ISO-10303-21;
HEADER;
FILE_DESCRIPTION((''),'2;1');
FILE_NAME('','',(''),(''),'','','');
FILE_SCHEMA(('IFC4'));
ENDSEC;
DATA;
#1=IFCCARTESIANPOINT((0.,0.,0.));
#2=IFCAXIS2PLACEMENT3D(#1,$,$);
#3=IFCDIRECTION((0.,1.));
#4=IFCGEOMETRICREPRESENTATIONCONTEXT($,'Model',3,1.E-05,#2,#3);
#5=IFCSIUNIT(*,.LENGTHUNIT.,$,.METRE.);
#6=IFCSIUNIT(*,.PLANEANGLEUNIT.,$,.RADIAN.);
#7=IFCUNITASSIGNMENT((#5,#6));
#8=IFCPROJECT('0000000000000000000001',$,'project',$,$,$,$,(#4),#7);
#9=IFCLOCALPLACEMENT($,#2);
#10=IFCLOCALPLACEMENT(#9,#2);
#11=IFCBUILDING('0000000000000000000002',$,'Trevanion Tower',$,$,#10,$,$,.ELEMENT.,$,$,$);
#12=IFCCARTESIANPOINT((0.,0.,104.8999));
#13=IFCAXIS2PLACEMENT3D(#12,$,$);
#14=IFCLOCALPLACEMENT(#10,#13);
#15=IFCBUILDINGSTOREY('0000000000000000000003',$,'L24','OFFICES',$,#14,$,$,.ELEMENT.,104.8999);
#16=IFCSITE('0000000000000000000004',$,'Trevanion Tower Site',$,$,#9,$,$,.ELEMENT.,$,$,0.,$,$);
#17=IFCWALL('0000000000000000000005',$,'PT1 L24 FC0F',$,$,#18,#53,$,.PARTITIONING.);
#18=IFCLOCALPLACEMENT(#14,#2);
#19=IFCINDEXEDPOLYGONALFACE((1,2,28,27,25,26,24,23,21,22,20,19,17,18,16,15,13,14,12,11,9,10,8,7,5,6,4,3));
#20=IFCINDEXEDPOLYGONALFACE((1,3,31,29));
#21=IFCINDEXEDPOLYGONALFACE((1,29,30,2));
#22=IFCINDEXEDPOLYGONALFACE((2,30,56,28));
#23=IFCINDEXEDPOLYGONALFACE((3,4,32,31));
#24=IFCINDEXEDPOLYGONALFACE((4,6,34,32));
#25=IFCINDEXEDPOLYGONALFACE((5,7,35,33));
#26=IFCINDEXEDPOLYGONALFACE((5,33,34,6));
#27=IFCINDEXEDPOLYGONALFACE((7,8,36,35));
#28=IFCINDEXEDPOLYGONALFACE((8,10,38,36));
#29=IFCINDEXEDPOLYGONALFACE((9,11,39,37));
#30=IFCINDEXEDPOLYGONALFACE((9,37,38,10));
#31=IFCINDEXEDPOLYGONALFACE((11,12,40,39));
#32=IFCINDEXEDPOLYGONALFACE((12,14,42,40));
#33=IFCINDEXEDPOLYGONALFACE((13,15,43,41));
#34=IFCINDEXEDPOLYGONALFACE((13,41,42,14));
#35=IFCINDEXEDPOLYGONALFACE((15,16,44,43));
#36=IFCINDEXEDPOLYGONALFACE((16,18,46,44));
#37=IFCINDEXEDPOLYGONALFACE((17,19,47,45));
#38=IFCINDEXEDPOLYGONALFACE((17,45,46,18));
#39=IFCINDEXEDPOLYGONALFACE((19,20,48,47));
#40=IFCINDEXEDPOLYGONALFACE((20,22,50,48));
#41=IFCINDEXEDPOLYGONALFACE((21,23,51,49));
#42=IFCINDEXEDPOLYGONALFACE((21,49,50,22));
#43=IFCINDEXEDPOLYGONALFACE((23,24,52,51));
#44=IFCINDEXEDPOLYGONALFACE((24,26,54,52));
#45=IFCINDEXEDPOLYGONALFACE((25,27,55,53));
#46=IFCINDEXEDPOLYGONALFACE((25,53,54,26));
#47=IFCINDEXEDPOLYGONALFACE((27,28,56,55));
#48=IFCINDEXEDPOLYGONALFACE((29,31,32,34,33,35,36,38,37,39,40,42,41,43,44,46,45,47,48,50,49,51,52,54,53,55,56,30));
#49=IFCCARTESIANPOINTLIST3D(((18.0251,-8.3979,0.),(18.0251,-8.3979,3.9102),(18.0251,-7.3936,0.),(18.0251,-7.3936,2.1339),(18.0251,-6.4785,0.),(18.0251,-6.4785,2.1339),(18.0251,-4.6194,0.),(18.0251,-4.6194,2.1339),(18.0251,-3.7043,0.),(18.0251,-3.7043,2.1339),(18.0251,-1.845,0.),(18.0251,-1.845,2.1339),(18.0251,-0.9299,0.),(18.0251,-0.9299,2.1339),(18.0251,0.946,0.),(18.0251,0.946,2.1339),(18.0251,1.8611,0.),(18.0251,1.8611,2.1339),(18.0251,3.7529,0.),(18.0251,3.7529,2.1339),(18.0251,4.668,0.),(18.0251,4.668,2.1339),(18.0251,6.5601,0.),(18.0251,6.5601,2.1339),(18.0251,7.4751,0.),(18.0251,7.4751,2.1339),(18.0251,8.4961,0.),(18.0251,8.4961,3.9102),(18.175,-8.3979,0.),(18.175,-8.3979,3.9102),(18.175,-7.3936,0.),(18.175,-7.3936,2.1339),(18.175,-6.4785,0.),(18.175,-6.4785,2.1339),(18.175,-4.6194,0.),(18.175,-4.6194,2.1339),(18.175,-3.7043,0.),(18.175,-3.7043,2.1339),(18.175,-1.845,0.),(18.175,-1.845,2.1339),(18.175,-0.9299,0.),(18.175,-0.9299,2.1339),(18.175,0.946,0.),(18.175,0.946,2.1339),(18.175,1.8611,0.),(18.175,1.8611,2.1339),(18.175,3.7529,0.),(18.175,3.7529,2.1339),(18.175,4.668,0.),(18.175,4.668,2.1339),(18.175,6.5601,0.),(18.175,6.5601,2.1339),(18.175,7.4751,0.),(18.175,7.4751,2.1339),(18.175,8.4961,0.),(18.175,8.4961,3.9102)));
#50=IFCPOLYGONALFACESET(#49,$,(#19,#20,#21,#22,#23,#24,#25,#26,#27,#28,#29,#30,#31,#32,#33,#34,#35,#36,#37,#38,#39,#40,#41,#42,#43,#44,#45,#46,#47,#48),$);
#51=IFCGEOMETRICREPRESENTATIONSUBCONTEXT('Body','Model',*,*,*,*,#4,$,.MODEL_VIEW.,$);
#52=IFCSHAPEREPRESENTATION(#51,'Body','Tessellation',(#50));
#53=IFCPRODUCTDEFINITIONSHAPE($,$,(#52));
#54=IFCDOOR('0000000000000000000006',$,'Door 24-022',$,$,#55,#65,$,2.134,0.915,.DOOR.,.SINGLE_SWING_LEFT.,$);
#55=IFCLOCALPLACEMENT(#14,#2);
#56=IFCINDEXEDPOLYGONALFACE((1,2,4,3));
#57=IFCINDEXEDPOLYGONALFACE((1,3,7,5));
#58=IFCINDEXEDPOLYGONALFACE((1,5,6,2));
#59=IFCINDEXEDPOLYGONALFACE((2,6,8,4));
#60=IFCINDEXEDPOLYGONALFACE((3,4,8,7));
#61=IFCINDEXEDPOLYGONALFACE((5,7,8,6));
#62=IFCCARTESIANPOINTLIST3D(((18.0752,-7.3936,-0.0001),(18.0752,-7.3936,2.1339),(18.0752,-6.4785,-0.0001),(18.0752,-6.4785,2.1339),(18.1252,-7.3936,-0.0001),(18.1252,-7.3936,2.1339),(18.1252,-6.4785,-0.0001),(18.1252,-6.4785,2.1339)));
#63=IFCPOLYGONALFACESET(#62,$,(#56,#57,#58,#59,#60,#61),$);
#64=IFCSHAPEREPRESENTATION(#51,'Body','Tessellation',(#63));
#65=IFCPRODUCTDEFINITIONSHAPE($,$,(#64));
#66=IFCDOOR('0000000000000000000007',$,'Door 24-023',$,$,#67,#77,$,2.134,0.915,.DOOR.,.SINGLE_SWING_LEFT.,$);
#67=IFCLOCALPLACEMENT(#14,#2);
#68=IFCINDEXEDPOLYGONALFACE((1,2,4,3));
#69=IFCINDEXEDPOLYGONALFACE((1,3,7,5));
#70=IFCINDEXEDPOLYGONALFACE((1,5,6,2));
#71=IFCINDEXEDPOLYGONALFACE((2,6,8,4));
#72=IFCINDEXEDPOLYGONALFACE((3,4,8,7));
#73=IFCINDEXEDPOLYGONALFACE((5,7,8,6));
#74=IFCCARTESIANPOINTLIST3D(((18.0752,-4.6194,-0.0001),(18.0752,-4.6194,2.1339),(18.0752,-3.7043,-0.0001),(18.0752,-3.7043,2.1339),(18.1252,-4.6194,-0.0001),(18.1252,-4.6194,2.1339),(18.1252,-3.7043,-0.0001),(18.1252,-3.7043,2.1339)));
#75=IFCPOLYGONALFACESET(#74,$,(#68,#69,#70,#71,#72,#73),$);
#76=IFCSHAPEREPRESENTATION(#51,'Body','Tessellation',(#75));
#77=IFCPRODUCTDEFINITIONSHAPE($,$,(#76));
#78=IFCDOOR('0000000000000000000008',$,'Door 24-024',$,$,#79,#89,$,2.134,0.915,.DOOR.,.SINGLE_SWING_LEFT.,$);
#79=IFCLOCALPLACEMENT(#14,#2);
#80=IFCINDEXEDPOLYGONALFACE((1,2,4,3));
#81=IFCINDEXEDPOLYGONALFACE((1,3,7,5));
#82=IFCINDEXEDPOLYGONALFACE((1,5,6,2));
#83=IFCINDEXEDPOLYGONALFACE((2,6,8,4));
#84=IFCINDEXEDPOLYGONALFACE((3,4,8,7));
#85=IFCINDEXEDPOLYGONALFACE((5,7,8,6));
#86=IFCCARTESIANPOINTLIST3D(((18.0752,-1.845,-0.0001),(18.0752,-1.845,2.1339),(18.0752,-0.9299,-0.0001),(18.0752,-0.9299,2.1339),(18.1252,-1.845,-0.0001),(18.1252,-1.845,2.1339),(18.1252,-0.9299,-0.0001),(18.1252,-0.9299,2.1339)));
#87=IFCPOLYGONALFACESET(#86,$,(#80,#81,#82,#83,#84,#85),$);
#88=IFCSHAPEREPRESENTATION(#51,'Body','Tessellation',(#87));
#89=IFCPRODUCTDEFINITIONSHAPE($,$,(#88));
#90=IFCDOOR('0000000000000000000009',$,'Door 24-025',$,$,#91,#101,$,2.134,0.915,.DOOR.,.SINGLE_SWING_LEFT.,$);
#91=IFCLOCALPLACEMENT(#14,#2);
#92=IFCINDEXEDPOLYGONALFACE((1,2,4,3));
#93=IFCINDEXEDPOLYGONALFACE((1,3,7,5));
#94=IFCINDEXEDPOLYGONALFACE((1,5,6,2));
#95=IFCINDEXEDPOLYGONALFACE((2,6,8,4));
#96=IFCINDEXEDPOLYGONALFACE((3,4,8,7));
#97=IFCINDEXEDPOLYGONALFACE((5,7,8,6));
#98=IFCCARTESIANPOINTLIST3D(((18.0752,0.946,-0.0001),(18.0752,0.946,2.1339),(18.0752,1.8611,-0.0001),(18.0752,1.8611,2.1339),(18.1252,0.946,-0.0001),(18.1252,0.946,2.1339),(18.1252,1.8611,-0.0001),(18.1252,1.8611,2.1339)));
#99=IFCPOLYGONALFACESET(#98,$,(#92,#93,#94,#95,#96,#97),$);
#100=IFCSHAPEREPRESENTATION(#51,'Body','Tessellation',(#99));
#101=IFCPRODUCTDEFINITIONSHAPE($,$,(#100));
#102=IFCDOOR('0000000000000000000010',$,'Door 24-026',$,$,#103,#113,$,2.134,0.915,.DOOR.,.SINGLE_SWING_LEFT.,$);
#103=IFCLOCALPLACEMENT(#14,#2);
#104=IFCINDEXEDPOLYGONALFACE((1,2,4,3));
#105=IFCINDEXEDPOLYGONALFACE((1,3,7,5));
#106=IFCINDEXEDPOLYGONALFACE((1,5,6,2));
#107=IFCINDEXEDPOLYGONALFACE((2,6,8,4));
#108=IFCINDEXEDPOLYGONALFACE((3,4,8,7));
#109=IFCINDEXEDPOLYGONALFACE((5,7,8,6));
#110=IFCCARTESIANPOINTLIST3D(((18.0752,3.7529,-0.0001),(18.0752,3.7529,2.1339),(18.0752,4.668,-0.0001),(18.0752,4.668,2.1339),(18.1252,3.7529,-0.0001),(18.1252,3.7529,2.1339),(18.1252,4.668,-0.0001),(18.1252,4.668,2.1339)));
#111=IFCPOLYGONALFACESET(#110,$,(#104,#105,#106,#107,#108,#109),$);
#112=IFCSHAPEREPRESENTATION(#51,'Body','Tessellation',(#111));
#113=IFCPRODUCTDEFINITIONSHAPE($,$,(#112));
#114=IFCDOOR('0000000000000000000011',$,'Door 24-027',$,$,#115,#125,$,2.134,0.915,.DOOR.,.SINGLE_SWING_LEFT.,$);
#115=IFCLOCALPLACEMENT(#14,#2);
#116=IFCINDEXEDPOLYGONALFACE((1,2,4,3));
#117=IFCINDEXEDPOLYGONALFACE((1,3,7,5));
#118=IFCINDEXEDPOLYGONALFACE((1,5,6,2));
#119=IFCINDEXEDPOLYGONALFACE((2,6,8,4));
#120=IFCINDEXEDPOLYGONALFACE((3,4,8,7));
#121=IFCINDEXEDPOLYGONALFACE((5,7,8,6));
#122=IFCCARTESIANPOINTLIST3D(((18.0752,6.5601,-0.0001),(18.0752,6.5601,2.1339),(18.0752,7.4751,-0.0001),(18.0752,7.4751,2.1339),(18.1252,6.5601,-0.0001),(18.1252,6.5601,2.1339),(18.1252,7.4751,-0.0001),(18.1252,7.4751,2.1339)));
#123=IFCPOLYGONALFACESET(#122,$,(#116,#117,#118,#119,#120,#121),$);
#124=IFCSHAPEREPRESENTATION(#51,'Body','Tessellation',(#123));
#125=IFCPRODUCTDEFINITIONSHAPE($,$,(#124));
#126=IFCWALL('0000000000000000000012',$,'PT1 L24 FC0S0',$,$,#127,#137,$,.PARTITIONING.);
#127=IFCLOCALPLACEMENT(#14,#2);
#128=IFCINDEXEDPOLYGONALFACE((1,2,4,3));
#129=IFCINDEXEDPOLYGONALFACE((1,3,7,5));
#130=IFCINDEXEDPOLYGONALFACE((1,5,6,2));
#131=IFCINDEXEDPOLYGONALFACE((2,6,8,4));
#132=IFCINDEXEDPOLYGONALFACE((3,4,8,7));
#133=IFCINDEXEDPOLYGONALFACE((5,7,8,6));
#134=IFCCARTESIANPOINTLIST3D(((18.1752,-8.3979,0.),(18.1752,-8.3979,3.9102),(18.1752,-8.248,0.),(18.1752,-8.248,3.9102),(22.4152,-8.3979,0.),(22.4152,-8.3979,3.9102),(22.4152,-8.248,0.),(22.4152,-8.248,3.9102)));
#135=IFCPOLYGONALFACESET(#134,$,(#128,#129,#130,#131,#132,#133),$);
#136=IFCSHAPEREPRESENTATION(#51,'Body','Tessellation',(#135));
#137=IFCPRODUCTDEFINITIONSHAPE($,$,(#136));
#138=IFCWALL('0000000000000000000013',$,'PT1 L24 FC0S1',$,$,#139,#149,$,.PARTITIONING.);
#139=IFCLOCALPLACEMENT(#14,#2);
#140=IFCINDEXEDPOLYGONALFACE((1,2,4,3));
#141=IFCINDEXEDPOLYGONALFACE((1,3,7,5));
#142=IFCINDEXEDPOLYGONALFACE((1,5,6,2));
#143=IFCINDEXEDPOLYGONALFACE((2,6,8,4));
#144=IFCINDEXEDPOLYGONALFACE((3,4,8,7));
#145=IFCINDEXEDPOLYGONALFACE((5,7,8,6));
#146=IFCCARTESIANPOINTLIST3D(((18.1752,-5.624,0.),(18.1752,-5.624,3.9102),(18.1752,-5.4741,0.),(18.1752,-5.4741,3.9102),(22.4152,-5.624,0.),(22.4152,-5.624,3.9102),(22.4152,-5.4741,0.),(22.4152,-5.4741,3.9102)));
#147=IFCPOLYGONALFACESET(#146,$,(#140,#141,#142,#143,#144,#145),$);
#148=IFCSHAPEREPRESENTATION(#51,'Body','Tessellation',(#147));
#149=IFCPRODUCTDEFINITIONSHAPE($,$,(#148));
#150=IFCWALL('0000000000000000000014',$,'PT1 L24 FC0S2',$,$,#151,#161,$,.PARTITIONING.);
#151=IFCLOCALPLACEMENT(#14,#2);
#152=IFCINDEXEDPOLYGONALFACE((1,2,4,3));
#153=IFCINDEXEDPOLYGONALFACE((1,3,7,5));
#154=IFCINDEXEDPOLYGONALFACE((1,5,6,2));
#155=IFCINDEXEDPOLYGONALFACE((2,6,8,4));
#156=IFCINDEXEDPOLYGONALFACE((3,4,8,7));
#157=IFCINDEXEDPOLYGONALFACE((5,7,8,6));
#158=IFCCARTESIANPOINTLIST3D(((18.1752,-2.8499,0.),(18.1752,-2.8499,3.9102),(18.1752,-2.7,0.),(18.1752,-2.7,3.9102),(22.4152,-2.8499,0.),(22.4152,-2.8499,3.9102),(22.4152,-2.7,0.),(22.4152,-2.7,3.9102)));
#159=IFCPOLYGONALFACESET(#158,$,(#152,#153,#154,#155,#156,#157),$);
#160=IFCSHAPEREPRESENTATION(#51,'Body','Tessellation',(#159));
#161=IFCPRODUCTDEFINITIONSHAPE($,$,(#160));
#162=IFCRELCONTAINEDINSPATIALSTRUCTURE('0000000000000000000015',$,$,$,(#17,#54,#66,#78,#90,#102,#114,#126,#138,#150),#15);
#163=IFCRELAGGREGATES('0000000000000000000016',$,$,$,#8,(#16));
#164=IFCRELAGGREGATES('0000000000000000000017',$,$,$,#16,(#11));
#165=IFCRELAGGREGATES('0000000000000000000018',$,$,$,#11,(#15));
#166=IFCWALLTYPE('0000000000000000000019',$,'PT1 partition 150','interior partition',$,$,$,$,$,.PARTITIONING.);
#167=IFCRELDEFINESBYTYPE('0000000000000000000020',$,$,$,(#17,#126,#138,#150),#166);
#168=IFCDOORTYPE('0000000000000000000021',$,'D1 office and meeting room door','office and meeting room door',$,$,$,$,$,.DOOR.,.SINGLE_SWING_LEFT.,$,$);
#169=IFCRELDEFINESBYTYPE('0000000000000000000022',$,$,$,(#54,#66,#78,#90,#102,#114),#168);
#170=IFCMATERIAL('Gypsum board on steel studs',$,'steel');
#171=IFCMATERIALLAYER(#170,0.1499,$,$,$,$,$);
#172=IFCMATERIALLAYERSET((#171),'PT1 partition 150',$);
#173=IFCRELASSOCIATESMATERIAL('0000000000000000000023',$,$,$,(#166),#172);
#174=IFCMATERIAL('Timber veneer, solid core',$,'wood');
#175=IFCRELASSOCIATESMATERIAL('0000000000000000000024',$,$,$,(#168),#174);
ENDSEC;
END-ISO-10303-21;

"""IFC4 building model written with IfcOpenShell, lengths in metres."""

from ifc_helpers import new_model, si_unit, direction, frame, frame_2d, origin, place, context, subcontext, project, spatial, rectangle, extrude, material, layer, layer_set, type_object, element, fill, save


model = new_model("IFC4")

# Units and contexts
model_context = context("Model", 3, precision=1e-05, world=origin(), true_north=direction((0.0, 1.0)))
body_context = subcontext(model_context, "Body", "Model", "MODEL_VIEW")
ifc_project = project(units=[si_unit("LENGTHUNIT", "METRE"), si_unit("PLANEANGLEUNIT", "RADIAN")], contexts=[model_context])

# Site, building, storey
site_placement = place(None, origin())
site = spatial("IfcSite", under=ifc_project, at=site_placement, Name="Trevanion Tower Site", CompositionType="ELEMENT", RefElevation=0.0)
building_placement = place(site_placement, origin())
building = spatial("IfcBuilding", under=site, at=building_placement, Name="Trevanion Tower", CompositionType="ELEMENT")
storey_placement = place(building_placement, frame((0.0, 0.0, 104.8999)))
storey = spatial("IfcBuildingStorey", under=building, at=storey_placement, Name="L24", Description="OFFICES", CompositionType="ELEMENT", Elevation=104.8999)

# Wall, openings, doors
ifc_material_1 = material(Name="Gypsum board on steel studs", Category="steel")
ifc_layer_1 = layer(ifc_material_1, 0.1499)
ifc_layer_set_1 = layer_set([ifc_layer_1], Name="PT1 partition 150")
wall_type = type_object("IfcWallType", Name="PT1 partition 150", Description="interior partition", PredefinedType="PARTITIONING", material=ifc_layer_set_1)
wall_1_placement = place(storey_placement, frame((18.1001, -8.3979, 0.0), z_axis=(0.0, 0.0, 1.0), x_axis=(0.0, 1.0, 0.0)))
wall_1 = element("IfcWall", 1, at=wall_1_placement, inside=storey, type_object=wall_type, Name="PT1 L24 FC0F", PredefinedType="PARTITIONING", context=body_context, shape_type="SweptSolid", body=[
    extrude(rectangle(XDim=16.894, YDim=0.1499, at=frame_2d((8.447, 0.0))), origin(), (0.0, 0.0, 1.0), 3.9102),
])
opening_1_placement = place(wall_1_placement, frame((1.0044, 0.0, 0.0)))
opening_1 = element("IfcOpeningElement", 2, at=opening_1_placement, cuts=wall_1, PredefinedType="OPENING", context=body_context, shape_type="SweptSolid", body=[
    extrude(rectangle(XDim=0.915, YDim=2.134, at=frame_2d((0.4575, 1.0669))), frame((0.0, 0.085, 0.0), z_axis=(0.0, -1.0, 0.0), x_axis=(1.0, 0.0, 0.0)), (0.0, 0.0, 1.0), 0.1699),
])
opening_2_placement = place(wall_1_placement, frame((3.7786, 0.0, 0.0)))
opening_2 = element("IfcOpeningElement", 3, at=opening_2_placement, cuts=wall_1, PredefinedType="OPENING", context=body_context, shape_type="SweptSolid", body=[
    extrude(rectangle(XDim=0.915, YDim=2.134, at=frame_2d((0.4575, 1.0669))), frame((0.0, 0.085, 0.0), z_axis=(0.0, -1.0, 0.0), x_axis=(1.0, 0.0, 0.0)), (0.0, 0.0, 1.0), 0.1699),
])
opening_3_placement = place(wall_1_placement, frame((6.553, 0.0, 0.0)))
opening_3 = element("IfcOpeningElement", 4, at=opening_3_placement, cuts=wall_1, PredefinedType="OPENING", context=body_context, shape_type="SweptSolid", body=[
    extrude(rectangle(XDim=0.915, YDim=2.134, at=frame_2d((0.4575, 1.0669))), frame((0.0, 0.085, 0.0), z_axis=(0.0, -1.0, 0.0), x_axis=(1.0, 0.0, 0.0)), (0.0, 0.0, 1.0), 0.1699),
])
opening_4_placement = place(wall_1_placement, frame((9.344, 0.0, 0.0)))
opening_4 = element("IfcOpeningElement", 5, at=opening_4_placement, cuts=wall_1, PredefinedType="OPENING", context=body_context, shape_type="SweptSolid", body=[
    extrude(rectangle(XDim=0.915, YDim=2.134, at=frame_2d((0.4575, 1.0669))), frame((0.0, 0.085, 0.0), z_axis=(0.0, -1.0, 0.0), x_axis=(1.0, 0.0, 0.0)), (0.0, 0.0, 1.0), 0.1699),
])
opening_5_placement = place(wall_1_placement, frame((12.1509, 0.0, 0.0)))
opening_5 = element("IfcOpeningElement", 6, at=opening_5_placement, cuts=wall_1, PredefinedType="OPENING", context=body_context, shape_type="SweptSolid", body=[
    extrude(rectangle(XDim=0.915, YDim=2.134, at=frame_2d((0.4575, 1.0669))), frame((0.0, 0.085, 0.0), z_axis=(0.0, -1.0, 0.0), x_axis=(1.0, 0.0, 0.0)), (0.0, 0.0, 1.0), 0.1699),
])
opening_6_placement = place(wall_1_placement, frame((14.958, 0.0, 0.0)))
opening_6 = element("IfcOpeningElement", 7, at=opening_6_placement, cuts=wall_1, PredefinedType="OPENING", context=body_context, shape_type="SweptSolid", body=[
    extrude(rectangle(XDim=0.915, YDim=2.134, at=frame_2d((0.4575, 1.0669))), frame((0.0, 0.085, 0.0), z_axis=(0.0, -1.0, 0.0), x_axis=(1.0, 0.0, 0.0)), (0.0, 0.0, 1.0), 0.1699),
])
ifc_material_2 = material(Name="Timber veneer, solid core", Category="wood")
door_type = type_object("IfcDoorType", Name="D1 office and meeting room door", Description="office and meeting room door", OperationType="SINGLE_SWING_LEFT", PredefinedType="DOOR", material=ifc_material_2)
door_1_placement = place(opening_1_placement, origin())
door_1 = element("IfcDoor", 8, at=door_1_placement, inside=storey, type_object=door_type, Name="Door 24-022", OperationType="SINGLE_SWING_LEFT", OverallHeight=2.134, OverallWidth=0.915, PredefinedType="DOOR", context=body_context, shape_type="SweptSolid", body=[
    extrude(rectangle(XDim=0.915, YDim=2.134, at=frame_2d((0.4575, 1.0669))), frame((0.0, 0.0249, 0.0), z_axis=(0.0, -1.0, 0.0), x_axis=(1.0, 0.0, 0.0)), (0.0, 0.0, 1.0), 0.05),
])
fill(opening_1, door_1)
door_2_placement = place(opening_2_placement, origin())
door_2 = element("IfcDoor", 9, at=door_2_placement, inside=storey, type_object=door_type, Name="Door 24-023", OperationType="SINGLE_SWING_LEFT", OverallHeight=2.134, OverallWidth=0.915, PredefinedType="DOOR", context=body_context, shape_type="SweptSolid", body=[
    extrude(rectangle(XDim=0.915, YDim=2.134, at=frame_2d((0.4575, 1.0669))), frame((0.0, 0.0249, 0.0), z_axis=(0.0, -1.0, 0.0), x_axis=(1.0, 0.0, 0.0)), (0.0, 0.0, 1.0), 0.05),
])
fill(opening_2, door_2)
door_3_placement = place(opening_3_placement, origin())
door_3 = element("IfcDoor", 10, at=door_3_placement, inside=storey, type_object=door_type, Name="Door 24-024", OperationType="SINGLE_SWING_LEFT", OverallHeight=2.134, OverallWidth=0.915, PredefinedType="DOOR", context=body_context, shape_type="SweptSolid", body=[
    extrude(rectangle(XDim=0.915, YDim=2.134, at=frame_2d((0.4575, 1.0669))), frame((0.0, 0.0249, 0.0), z_axis=(0.0, -1.0, 0.0), x_axis=(1.0, 0.0, 0.0)), (0.0, 0.0, 1.0), 0.05),
])
fill(opening_3, door_3)
door_4_placement = place(opening_4_placement, origin())
door_4 = element("IfcDoor", 11, at=door_4_placement, inside=storey, type_object=door_type, Name="Door 24-025", OperationType="SINGLE_SWING_LEFT", OverallHeight=2.134, OverallWidth=0.915, PredefinedType="DOOR", context=body_context, shape_type="SweptSolid", body=[
    extrude(rectangle(XDim=0.915, YDim=2.134, at=frame_2d((0.4575, 1.0669))), frame((0.0, 0.0249, 0.0), z_axis=(0.0, -1.0, 0.0), x_axis=(1.0, 0.0, 0.0)), (0.0, 0.0, 1.0), 0.05),
])
fill(opening_4, door_4)
door_5_placement = place(opening_5_placement, origin())
door_5 = element("IfcDoor", 12, at=door_5_placement, inside=storey, type_object=door_type, Name="Door 24-026", OperationType="SINGLE_SWING_LEFT", OverallHeight=2.134, OverallWidth=0.915, PredefinedType="DOOR", context=body_context, shape_type="SweptSolid", body=[
    extrude(rectangle(XDim=0.915, YDim=2.134, at=frame_2d((0.4575, 1.0669))), frame((0.0, 0.0249, 0.0), z_axis=(0.0, -1.0, 0.0), x_axis=(1.0, 0.0, 0.0)), (0.0, 0.0, 1.0), 0.05),
])
fill(opening_5, door_5)
door_6_placement = place(opening_6_placement, origin())
door_6 = element("IfcDoor", 13, at=door_6_placement, inside=storey, type_object=door_type, Name="Door 24-027", OperationType="SINGLE_SWING_LEFT", OverallHeight=2.134, OverallWidth=0.915, PredefinedType="DOOR", context=body_context, shape_type="SweptSolid", body=[
    extrude(rectangle(XDim=0.915, YDim=2.134, at=frame_2d((0.4575, 1.0669))), frame((0.0, 0.0249, 0.0), z_axis=(0.0, -1.0, 0.0), x_axis=(1.0, 0.0, 0.0)), (0.0, 0.0, 1.0), 0.05),
])
fill(opening_6, door_6)

# Walls
for number, where, z_axis, x_axis, name in (
    (14, (18.175, -8.323, 0.0), (0.0, 0.0, 1.0), (1.0, 0.0, 0.0), "PT1 L24 FC0S0"),
    (15, (18.175, -5.5491, 0.0), (0.0, 0.0, 1.0), (1.0, 0.0, 0.0), "PT1 L24 FC0S1"),
    (16, (18.175, -2.7749, 0.0), (0.0, 0.0, 1.0), (1.0, 0.0, 0.0), "PT1 L24 FC0S2"),
):
    element("IfcWall", number, at=place(storey_placement, frame(where, z_axis=z_axis, x_axis=x_axis)), inside=storey, type_object=wall_type, Name=name, PredefinedType="PARTITIONING", context=body_context, shape_type="SweptSolid", body=[
        extrude(rectangle(XDim=4.24, YDim=0.1499, at=frame_2d((2.1201, 0.0))), origin(), (0.0, 0.0, 1.0), 3.9102),
    ])

save(model, "model.ifc")
